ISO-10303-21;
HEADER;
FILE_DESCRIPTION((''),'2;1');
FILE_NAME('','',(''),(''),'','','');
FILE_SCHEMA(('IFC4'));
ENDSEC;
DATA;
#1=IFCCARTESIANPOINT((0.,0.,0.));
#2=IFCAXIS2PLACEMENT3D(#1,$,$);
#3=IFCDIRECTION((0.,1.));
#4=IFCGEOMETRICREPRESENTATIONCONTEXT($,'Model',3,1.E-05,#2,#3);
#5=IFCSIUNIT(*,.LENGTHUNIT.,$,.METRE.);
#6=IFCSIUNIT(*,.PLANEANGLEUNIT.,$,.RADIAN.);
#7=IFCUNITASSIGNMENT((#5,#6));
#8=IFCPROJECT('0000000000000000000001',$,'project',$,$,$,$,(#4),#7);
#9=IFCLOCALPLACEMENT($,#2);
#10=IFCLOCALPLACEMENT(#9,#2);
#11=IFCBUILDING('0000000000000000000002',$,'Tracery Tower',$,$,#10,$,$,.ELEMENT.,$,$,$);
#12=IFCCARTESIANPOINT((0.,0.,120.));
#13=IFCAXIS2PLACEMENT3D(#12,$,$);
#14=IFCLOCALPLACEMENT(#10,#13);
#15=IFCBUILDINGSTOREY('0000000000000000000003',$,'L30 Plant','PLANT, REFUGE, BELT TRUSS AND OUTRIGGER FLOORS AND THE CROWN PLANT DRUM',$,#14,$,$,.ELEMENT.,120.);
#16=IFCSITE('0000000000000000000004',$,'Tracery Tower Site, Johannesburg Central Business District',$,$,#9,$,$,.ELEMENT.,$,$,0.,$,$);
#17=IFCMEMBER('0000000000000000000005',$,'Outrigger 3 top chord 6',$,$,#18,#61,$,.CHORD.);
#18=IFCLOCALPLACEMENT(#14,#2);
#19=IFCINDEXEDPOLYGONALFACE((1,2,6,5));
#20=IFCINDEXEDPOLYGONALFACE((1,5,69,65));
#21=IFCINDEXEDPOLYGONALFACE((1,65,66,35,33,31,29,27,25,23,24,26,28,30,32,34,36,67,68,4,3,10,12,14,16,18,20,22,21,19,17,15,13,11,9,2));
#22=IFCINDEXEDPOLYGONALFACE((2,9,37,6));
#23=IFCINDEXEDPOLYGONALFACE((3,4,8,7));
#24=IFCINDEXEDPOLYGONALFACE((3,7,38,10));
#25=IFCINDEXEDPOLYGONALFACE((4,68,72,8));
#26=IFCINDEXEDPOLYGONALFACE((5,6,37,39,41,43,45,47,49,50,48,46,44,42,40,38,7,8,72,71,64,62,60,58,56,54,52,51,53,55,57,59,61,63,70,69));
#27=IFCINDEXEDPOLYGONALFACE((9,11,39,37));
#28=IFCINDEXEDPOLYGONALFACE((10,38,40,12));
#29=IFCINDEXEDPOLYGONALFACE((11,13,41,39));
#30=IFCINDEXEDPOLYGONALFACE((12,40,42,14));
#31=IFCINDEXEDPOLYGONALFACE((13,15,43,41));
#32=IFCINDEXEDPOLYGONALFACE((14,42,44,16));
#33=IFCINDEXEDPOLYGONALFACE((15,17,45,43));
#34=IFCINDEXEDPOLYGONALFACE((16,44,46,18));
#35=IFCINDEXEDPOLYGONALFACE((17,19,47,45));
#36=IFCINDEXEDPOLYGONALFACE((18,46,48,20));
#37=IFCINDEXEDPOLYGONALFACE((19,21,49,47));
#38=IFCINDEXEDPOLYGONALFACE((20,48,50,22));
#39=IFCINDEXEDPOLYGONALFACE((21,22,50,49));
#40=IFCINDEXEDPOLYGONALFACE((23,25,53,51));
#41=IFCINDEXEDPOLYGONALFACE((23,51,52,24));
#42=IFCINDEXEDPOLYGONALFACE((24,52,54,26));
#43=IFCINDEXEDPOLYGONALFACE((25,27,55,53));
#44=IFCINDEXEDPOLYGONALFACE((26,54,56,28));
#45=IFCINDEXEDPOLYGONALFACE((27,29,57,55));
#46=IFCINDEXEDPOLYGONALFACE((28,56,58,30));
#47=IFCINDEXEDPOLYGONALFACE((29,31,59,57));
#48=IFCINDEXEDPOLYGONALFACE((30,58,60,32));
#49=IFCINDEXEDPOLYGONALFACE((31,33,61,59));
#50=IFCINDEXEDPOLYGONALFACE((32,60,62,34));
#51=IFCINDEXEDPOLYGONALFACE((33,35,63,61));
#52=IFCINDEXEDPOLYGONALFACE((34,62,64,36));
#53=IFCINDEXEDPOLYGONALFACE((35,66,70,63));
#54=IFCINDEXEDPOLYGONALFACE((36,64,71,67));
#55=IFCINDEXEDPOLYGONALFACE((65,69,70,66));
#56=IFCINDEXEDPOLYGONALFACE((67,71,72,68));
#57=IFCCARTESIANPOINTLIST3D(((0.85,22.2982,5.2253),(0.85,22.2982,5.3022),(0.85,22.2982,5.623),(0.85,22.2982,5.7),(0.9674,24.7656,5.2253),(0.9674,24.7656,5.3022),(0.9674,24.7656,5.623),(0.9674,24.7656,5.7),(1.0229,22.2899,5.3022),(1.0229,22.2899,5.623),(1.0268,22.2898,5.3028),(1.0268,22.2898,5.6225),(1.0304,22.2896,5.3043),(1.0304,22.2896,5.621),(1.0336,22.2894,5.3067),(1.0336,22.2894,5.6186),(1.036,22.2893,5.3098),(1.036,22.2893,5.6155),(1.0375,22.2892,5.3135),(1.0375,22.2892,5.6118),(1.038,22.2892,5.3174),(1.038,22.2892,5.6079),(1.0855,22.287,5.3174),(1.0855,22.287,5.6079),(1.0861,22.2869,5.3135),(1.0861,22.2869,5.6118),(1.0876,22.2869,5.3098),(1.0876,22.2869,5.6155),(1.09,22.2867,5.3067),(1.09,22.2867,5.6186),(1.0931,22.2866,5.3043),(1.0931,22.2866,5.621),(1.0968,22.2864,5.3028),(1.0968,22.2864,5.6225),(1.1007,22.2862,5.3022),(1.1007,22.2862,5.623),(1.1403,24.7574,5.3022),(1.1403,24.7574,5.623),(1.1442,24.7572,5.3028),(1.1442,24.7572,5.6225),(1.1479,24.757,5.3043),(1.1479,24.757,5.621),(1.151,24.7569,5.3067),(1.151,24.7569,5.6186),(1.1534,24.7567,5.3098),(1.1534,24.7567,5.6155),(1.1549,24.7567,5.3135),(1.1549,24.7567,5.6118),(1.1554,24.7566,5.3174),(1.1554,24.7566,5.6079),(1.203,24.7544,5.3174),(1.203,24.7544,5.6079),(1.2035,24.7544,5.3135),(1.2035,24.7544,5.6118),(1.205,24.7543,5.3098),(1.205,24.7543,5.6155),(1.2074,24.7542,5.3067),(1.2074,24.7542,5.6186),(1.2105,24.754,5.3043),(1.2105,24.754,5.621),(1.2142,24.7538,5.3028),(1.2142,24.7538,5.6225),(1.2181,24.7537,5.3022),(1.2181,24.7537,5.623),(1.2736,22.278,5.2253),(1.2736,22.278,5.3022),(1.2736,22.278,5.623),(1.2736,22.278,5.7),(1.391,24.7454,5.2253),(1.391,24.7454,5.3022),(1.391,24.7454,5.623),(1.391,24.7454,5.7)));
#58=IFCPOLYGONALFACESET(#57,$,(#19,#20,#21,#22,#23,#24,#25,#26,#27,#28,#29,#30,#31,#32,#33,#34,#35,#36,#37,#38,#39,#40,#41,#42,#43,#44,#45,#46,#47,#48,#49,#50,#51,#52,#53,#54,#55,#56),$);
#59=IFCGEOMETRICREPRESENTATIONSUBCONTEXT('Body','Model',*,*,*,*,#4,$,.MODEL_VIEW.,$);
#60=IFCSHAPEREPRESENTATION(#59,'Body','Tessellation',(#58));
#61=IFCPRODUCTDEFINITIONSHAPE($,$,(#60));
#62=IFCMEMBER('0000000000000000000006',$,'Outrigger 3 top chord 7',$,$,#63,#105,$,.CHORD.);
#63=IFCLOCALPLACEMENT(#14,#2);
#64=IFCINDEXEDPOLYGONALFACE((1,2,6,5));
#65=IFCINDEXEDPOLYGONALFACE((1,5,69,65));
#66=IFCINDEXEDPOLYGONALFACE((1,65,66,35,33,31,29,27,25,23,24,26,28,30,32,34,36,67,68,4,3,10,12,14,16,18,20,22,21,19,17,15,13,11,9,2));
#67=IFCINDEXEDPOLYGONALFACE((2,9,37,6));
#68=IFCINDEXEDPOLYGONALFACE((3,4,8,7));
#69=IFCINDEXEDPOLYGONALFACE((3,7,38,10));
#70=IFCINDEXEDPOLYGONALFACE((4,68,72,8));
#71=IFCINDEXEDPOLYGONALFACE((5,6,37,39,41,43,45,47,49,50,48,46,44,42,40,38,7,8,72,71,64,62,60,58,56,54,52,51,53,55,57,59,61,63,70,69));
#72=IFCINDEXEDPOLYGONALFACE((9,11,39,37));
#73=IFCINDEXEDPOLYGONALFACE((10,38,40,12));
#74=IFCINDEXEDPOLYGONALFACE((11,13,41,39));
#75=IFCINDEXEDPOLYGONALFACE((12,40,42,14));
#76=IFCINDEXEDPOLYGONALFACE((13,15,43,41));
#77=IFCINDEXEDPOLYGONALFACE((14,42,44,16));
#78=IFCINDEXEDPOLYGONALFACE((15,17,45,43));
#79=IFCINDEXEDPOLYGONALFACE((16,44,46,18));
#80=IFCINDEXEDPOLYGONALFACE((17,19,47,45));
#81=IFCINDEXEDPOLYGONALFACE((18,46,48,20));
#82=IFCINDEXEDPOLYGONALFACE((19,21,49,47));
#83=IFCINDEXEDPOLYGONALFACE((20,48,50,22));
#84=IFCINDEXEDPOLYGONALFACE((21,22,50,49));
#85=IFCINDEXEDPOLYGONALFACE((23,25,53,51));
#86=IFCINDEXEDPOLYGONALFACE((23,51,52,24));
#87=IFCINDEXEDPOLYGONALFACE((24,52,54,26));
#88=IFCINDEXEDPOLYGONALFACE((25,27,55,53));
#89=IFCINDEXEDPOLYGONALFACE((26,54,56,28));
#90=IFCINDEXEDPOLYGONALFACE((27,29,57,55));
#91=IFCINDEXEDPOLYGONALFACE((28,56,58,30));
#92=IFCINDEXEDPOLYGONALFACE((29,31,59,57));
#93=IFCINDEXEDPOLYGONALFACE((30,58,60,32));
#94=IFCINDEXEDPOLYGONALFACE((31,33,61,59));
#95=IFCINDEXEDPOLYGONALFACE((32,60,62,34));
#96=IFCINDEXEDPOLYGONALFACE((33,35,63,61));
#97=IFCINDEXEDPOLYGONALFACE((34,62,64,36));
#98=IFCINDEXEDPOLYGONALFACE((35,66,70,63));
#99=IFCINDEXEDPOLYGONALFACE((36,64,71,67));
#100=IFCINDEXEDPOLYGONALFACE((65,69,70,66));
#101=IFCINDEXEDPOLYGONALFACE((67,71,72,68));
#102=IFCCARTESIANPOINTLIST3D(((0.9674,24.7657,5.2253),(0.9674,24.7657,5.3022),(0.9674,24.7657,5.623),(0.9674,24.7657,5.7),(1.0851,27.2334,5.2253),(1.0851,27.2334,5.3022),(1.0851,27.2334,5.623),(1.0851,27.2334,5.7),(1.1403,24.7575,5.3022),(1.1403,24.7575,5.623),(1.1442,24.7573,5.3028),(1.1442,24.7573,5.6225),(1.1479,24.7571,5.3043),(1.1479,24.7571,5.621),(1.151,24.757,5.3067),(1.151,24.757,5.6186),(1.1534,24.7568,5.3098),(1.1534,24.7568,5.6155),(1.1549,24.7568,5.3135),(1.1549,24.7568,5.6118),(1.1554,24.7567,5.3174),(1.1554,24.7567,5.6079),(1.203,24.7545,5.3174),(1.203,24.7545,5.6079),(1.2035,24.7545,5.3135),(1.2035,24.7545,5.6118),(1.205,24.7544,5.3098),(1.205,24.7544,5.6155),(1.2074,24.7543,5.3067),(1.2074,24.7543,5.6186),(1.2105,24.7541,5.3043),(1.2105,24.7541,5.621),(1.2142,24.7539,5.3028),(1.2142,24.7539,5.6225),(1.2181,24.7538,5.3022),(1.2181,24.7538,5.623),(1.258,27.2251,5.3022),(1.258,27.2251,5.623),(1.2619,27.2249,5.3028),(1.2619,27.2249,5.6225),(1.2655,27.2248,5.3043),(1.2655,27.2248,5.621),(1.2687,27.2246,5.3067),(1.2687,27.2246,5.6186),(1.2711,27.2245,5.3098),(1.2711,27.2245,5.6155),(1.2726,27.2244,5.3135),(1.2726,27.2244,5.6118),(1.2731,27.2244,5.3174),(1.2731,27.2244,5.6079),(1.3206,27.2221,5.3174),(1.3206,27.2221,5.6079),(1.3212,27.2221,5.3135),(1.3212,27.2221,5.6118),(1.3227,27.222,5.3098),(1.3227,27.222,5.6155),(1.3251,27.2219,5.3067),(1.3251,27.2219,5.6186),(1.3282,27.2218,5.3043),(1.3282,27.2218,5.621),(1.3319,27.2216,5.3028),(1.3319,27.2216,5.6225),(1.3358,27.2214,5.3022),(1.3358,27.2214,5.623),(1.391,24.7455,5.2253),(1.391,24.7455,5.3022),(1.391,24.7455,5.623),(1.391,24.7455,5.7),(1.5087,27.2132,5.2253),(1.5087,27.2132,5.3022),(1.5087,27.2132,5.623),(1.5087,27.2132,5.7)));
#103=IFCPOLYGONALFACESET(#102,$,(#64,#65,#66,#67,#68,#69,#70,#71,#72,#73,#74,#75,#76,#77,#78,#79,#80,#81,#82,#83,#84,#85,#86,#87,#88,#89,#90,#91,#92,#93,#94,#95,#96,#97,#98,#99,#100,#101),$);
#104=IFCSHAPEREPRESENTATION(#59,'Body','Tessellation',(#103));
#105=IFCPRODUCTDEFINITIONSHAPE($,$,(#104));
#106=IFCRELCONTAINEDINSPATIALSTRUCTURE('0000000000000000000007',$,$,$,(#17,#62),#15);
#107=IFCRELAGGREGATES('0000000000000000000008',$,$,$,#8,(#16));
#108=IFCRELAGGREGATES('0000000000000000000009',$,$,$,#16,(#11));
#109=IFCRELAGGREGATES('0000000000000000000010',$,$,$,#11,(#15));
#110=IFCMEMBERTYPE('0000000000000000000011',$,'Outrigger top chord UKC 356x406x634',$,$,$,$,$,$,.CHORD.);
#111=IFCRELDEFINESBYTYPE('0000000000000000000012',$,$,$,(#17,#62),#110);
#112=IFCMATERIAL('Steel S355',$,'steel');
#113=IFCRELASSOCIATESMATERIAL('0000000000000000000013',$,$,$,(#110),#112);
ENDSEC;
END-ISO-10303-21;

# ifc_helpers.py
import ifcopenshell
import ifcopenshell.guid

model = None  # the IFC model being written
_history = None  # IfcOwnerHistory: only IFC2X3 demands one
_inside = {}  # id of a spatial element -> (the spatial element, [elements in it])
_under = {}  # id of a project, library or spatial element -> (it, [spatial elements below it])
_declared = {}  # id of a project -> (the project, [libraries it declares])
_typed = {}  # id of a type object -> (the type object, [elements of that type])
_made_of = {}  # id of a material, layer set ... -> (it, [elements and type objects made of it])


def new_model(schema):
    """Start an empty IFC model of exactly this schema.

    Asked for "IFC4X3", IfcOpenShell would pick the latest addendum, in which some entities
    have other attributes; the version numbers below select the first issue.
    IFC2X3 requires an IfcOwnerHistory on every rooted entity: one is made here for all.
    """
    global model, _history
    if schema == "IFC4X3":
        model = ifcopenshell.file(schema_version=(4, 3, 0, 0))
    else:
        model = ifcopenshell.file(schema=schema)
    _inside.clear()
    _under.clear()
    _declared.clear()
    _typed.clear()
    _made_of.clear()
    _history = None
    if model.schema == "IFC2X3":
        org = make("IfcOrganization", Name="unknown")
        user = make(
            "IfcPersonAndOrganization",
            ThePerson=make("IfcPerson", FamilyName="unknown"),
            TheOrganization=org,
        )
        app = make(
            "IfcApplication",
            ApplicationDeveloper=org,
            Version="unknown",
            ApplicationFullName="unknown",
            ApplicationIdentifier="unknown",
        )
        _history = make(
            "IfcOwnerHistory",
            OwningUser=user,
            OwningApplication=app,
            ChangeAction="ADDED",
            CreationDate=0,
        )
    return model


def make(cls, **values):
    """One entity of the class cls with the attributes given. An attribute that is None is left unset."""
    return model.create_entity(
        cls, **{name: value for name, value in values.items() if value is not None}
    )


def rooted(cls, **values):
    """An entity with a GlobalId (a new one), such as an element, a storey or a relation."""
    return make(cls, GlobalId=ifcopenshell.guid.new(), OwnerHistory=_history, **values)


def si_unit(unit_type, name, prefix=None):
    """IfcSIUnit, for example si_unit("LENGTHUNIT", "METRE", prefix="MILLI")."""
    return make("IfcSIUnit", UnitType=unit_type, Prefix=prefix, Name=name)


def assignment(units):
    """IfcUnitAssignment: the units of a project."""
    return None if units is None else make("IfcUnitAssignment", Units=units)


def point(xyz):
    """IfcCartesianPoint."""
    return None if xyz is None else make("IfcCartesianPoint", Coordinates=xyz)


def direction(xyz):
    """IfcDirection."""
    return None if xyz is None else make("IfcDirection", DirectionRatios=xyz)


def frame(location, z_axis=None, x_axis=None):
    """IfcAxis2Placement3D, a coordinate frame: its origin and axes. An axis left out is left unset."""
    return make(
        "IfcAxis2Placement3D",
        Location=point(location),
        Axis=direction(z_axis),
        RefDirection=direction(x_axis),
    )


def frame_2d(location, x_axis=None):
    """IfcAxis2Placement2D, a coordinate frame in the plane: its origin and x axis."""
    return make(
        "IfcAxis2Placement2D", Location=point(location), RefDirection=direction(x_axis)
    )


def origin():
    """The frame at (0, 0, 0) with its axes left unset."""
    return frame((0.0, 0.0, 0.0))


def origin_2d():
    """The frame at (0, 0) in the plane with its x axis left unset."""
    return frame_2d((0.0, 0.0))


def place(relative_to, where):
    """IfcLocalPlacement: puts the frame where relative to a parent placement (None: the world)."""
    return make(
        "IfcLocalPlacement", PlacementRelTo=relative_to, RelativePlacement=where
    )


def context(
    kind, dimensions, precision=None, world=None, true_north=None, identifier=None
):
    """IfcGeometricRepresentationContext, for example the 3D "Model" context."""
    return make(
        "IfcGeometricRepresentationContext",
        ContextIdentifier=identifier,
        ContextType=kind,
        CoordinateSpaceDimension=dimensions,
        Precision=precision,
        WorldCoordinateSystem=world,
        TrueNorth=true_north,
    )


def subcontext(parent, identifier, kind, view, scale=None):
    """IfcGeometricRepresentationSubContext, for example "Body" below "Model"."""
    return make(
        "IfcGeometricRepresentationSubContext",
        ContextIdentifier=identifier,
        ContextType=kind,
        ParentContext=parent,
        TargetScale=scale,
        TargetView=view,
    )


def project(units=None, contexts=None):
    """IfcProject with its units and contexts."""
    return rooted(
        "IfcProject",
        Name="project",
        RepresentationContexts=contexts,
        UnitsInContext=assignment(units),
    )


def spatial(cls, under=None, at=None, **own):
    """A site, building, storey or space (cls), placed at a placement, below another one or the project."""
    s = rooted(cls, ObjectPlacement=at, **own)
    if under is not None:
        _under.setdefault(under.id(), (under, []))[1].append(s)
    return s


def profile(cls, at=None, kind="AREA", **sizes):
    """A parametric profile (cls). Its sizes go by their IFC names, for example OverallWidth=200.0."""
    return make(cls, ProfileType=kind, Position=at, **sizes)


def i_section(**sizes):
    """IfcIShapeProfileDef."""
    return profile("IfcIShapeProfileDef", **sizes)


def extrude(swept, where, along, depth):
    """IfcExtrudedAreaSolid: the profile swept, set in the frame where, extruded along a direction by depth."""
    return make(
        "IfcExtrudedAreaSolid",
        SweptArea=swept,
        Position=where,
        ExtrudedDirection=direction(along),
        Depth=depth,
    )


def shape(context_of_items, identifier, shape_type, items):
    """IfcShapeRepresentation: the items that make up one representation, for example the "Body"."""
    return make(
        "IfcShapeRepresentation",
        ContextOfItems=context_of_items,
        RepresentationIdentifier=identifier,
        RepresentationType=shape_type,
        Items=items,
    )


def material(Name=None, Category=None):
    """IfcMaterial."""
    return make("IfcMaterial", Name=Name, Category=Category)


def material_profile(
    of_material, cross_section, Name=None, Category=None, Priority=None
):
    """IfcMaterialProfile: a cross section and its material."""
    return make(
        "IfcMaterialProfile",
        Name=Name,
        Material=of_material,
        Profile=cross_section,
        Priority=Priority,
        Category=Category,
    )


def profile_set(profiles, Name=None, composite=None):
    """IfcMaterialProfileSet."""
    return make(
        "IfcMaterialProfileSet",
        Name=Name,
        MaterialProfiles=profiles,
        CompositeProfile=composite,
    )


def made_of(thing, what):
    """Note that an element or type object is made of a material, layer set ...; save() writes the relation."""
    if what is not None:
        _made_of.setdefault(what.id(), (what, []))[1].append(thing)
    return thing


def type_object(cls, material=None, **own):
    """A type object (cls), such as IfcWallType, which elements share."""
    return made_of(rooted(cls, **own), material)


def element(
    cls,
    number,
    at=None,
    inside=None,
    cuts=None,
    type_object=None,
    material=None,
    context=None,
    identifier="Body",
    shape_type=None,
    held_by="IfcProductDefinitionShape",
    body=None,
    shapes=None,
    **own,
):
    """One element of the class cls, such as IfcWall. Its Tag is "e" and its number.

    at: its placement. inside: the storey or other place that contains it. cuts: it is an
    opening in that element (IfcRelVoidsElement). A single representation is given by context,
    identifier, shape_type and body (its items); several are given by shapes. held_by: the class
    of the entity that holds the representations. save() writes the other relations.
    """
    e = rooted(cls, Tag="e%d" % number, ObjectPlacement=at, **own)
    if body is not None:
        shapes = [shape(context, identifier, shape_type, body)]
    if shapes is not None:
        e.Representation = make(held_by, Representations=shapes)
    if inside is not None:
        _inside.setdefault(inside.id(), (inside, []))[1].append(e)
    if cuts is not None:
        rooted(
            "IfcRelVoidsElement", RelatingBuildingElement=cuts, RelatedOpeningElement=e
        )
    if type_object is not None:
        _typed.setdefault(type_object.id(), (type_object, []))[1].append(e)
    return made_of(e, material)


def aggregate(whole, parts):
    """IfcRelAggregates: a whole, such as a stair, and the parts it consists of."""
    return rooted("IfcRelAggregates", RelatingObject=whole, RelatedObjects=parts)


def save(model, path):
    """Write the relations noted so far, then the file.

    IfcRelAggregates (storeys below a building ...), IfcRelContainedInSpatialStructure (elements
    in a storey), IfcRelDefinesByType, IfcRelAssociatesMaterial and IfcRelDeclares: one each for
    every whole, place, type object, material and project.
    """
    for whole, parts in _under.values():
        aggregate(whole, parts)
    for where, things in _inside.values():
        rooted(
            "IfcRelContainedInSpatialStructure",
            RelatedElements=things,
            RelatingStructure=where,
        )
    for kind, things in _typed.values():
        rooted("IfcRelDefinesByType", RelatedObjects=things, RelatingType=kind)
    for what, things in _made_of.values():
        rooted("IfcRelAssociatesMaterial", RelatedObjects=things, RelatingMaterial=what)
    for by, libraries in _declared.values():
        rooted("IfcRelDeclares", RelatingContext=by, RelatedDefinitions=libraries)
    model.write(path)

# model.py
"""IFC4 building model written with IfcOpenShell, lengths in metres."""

from ifc_helpers import new_model, si_unit, direction, frame, origin, origin_2d, place, context, subcontext, project, spatial, i_section, extrude, material, material_profile, profile_set, type_object, element, save


model = new_model("IFC4")

# Units and contexts
model_context = context("Model", 3, precision=1e-05, world=origin(), true_north=direction((0.0, 1.0)))
body_context = subcontext(model_context, "Body", "Model", "MODEL_VIEW")
ifc_project = project(units=[si_unit("LENGTHUNIT", "METRE"), si_unit("PLANEANGLEUNIT", "RADIAN")], contexts=[model_context])

# Site, building, storey
site_placement = place(None, origin())
site = spatial("IfcSite", under=ifc_project, at=site_placement, Name="Tracery Tower Site, Johannesburg Central Business District", CompositionType="ELEMENT", RefElevation=0.0)
building_placement = place(site_placement, origin())
building = spatial("IfcBuilding", under=site, at=building_placement, Name="Tracery Tower", CompositionType="ELEMENT")
storey_placement = place(building_placement, frame((0.0, 0.0, 120.0)))
storey = spatial("IfcBuildingStorey", under=building, at=storey_placement, Name="L30 Plant", Description="PLANT, REFUGE, BELT TRUSS AND OUTRIGGER FLOORS AND THE CROWN PLANT DRUM", CompositionType="ELEMENT", Elevation=120.0)

# Members
ifc_material_1 = material(Name="Steel S355", Category="steel")
ifc_material_profile_1 = material_profile(ifc_material_1, i_section(OverallWidth=0.4241, OverallDepth=0.4746, WebThickness=0.0476, FlangeThickness=0.0769, FilletRadius=0.0151, at=origin_2d()), Name="UKC 356x406x634")
ifc_profile_set_1 = profile_set([ifc_material_profile_1], Name="Steel S355")
member_type_1 = type_object("IfcMemberType", Name="Outrigger top chord UKC 356x406x634", PredefinedType="CHORD", material=ifc_profile_set_1)
member_1_placement = place(storey_placement, frame((1.0618, 22.2881, 5.4626), z_axis=(0.047537, 0.998869, 0.0), x_axis=(-0.998869, 0.047537, 0.0)))
element("IfcMember", 1, at=member_1_placement, inside=storey, type_object=member_type_1, Name="Outrigger 3 top chord 6", PredefinedType="CHORD", context=body_context, shape_type="SweptSolid", body=[
    extrude(i_section(OverallWidth=0.4241, OverallDepth=0.4746, WebThickness=0.0476, FlangeThickness=0.0769, FilletRadius=0.0151, at=origin_2d()), origin(), (0.0, 0.0, 1.0), 2.4702),
])
member_2_placement = place(storey_placement, frame((1.1792, 24.7556, 5.4626), z_axis=(0.047631, 0.998865, 0.0), x_axis=(-0.998865, 0.047631, 0.0)))
element("IfcMember", 2, at=member_2_placement, inside=storey, type_object=member_type_1, Name="Outrigger 3 top chord 7", PredefinedType="CHORD", context=body_context, shape_type="SweptSolid", body=[
    extrude(i_section(OverallWidth=0.4241, OverallDepth=0.4746, WebThickness=0.0476, FlangeThickness=0.0769, FilletRadius=0.0151, at=origin_2d()), origin(), (0.0, 0.0, 1.0), 2.4705),
])

save(model, "model.ifc")
